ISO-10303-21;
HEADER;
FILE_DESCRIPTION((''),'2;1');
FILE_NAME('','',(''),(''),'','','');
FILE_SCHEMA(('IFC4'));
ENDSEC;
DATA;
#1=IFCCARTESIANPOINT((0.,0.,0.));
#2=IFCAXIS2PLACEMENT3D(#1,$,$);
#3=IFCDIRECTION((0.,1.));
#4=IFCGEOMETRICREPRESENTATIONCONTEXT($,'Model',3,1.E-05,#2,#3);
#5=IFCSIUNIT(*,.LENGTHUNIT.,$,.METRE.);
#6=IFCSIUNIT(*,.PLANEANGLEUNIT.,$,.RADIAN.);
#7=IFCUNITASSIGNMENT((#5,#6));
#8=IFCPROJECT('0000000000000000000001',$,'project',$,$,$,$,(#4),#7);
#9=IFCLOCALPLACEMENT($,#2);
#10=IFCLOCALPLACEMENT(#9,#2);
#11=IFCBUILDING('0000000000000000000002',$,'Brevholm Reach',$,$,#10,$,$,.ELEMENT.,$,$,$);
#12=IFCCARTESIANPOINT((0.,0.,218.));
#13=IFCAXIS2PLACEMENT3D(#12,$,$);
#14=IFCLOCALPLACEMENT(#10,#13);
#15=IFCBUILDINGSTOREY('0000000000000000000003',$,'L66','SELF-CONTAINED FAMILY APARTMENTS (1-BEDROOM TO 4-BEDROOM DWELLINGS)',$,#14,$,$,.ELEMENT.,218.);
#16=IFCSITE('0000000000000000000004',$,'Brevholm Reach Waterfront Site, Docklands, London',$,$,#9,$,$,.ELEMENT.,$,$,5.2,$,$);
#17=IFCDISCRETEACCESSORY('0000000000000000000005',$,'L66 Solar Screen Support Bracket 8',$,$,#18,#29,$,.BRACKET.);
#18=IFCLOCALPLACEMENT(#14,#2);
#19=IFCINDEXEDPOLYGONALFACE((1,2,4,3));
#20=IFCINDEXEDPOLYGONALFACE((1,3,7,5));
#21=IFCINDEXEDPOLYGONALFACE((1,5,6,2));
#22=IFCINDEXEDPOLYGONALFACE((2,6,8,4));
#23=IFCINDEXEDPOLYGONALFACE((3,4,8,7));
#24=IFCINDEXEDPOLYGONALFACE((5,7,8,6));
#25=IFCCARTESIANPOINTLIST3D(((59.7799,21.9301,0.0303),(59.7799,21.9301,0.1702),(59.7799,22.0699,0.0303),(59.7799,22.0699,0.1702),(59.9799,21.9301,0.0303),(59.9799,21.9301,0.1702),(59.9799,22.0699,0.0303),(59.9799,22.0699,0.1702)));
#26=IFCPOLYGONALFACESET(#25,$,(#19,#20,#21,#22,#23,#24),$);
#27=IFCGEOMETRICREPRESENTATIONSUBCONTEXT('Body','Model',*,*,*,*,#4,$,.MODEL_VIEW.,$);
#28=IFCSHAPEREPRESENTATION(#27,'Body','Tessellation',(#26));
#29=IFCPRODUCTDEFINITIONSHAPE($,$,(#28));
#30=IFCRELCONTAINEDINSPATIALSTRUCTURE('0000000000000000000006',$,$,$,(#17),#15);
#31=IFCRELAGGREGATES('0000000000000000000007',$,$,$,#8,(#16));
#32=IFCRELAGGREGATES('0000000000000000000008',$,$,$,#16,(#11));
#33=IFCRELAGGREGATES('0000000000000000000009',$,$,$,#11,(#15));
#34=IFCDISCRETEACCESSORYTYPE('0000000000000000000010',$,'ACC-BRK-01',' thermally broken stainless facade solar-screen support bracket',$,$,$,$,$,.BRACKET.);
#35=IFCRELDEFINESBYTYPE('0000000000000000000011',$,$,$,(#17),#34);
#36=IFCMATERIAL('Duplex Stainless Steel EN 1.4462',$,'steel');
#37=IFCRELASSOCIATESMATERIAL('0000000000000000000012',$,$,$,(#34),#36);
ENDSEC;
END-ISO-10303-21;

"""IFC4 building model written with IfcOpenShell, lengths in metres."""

from ifc_helpers import new_model, si_unit, direction, frame, origin, origin_2d, place, context, subcontext, project, spatial, rectangle, extrude, material, type_object, element, save


model = new_model("IFC4")

# Units and contexts
model_context = context("Model", 3, precision=1e-05, world=origin(), true_north=direction((0.0, 1.0)))
body_context = subcontext(model_context, "Body", "Model", "MODEL_VIEW")
ifc_project = project(units=[si_unit("LENGTHUNIT", "METRE"), si_unit("PLANEANGLEUNIT", "RADIAN")], contexts=[model_context])

# Site, building, storey
site_placement = place(None, origin())
site = spatial("IfcSite", under=ifc_project, at=site_placement, Name="Brevholm Reach Waterfront Site, Docklands, London", CompositionType="ELEMENT", RefElevation=5.2)
building_placement = place(site_placement, origin())
building = spatial("IfcBuilding", under=site, at=building_placement, Name="Brevholm Reach", CompositionType="ELEMENT")
storey_placement = place(building_placement, frame((0.0, 0.0, 218.0)))
storey = spatial("IfcBuildingStorey", under=building, at=storey_placement, Name="L66", Description="SELF-CONTAINED FAMILY APARTMENTS (1-BEDROOM TO 4-BEDROOM DWELLINGS)", CompositionType="ELEMENT", Elevation=218.0)

# Discrete accessory
ifc_material_1 = material(Name="Duplex Stainless Steel EN 1.4462", Category="steel")
discrete_accessory_type = type_object("IfcDiscreteAccessoryType", Name="ACC-BRK-01", Description=" thermally broken stainless facade solar-screen support bracket", PredefinedType="BRACKET", material=ifc_material_1)
for number, where, z_axis, x_axis, name in (
    (1, (59.8799, 22.0, 0.0303), (0.0, 0.0, 1.0), (1.0, 0.0, 0.0), "L66 Solar Screen Support Bracket 8"),
):
    element("IfcDiscreteAccessory", number, at=place(storey_placement, frame(where, z_axis=z_axis, x_axis=x_axis)), inside=storey, type_object=discrete_accessory_type, Name=name, PredefinedType="BRACKET", context=body_context, shape_type="SweptSolid", body=[
        extrude(rectangle(XDim=0.2, YDim=0.1399, at=origin_2d()), origin(), (0.0, 0.0, 1.0), 0.1399),
    ])

save(model, "model.ifc")
